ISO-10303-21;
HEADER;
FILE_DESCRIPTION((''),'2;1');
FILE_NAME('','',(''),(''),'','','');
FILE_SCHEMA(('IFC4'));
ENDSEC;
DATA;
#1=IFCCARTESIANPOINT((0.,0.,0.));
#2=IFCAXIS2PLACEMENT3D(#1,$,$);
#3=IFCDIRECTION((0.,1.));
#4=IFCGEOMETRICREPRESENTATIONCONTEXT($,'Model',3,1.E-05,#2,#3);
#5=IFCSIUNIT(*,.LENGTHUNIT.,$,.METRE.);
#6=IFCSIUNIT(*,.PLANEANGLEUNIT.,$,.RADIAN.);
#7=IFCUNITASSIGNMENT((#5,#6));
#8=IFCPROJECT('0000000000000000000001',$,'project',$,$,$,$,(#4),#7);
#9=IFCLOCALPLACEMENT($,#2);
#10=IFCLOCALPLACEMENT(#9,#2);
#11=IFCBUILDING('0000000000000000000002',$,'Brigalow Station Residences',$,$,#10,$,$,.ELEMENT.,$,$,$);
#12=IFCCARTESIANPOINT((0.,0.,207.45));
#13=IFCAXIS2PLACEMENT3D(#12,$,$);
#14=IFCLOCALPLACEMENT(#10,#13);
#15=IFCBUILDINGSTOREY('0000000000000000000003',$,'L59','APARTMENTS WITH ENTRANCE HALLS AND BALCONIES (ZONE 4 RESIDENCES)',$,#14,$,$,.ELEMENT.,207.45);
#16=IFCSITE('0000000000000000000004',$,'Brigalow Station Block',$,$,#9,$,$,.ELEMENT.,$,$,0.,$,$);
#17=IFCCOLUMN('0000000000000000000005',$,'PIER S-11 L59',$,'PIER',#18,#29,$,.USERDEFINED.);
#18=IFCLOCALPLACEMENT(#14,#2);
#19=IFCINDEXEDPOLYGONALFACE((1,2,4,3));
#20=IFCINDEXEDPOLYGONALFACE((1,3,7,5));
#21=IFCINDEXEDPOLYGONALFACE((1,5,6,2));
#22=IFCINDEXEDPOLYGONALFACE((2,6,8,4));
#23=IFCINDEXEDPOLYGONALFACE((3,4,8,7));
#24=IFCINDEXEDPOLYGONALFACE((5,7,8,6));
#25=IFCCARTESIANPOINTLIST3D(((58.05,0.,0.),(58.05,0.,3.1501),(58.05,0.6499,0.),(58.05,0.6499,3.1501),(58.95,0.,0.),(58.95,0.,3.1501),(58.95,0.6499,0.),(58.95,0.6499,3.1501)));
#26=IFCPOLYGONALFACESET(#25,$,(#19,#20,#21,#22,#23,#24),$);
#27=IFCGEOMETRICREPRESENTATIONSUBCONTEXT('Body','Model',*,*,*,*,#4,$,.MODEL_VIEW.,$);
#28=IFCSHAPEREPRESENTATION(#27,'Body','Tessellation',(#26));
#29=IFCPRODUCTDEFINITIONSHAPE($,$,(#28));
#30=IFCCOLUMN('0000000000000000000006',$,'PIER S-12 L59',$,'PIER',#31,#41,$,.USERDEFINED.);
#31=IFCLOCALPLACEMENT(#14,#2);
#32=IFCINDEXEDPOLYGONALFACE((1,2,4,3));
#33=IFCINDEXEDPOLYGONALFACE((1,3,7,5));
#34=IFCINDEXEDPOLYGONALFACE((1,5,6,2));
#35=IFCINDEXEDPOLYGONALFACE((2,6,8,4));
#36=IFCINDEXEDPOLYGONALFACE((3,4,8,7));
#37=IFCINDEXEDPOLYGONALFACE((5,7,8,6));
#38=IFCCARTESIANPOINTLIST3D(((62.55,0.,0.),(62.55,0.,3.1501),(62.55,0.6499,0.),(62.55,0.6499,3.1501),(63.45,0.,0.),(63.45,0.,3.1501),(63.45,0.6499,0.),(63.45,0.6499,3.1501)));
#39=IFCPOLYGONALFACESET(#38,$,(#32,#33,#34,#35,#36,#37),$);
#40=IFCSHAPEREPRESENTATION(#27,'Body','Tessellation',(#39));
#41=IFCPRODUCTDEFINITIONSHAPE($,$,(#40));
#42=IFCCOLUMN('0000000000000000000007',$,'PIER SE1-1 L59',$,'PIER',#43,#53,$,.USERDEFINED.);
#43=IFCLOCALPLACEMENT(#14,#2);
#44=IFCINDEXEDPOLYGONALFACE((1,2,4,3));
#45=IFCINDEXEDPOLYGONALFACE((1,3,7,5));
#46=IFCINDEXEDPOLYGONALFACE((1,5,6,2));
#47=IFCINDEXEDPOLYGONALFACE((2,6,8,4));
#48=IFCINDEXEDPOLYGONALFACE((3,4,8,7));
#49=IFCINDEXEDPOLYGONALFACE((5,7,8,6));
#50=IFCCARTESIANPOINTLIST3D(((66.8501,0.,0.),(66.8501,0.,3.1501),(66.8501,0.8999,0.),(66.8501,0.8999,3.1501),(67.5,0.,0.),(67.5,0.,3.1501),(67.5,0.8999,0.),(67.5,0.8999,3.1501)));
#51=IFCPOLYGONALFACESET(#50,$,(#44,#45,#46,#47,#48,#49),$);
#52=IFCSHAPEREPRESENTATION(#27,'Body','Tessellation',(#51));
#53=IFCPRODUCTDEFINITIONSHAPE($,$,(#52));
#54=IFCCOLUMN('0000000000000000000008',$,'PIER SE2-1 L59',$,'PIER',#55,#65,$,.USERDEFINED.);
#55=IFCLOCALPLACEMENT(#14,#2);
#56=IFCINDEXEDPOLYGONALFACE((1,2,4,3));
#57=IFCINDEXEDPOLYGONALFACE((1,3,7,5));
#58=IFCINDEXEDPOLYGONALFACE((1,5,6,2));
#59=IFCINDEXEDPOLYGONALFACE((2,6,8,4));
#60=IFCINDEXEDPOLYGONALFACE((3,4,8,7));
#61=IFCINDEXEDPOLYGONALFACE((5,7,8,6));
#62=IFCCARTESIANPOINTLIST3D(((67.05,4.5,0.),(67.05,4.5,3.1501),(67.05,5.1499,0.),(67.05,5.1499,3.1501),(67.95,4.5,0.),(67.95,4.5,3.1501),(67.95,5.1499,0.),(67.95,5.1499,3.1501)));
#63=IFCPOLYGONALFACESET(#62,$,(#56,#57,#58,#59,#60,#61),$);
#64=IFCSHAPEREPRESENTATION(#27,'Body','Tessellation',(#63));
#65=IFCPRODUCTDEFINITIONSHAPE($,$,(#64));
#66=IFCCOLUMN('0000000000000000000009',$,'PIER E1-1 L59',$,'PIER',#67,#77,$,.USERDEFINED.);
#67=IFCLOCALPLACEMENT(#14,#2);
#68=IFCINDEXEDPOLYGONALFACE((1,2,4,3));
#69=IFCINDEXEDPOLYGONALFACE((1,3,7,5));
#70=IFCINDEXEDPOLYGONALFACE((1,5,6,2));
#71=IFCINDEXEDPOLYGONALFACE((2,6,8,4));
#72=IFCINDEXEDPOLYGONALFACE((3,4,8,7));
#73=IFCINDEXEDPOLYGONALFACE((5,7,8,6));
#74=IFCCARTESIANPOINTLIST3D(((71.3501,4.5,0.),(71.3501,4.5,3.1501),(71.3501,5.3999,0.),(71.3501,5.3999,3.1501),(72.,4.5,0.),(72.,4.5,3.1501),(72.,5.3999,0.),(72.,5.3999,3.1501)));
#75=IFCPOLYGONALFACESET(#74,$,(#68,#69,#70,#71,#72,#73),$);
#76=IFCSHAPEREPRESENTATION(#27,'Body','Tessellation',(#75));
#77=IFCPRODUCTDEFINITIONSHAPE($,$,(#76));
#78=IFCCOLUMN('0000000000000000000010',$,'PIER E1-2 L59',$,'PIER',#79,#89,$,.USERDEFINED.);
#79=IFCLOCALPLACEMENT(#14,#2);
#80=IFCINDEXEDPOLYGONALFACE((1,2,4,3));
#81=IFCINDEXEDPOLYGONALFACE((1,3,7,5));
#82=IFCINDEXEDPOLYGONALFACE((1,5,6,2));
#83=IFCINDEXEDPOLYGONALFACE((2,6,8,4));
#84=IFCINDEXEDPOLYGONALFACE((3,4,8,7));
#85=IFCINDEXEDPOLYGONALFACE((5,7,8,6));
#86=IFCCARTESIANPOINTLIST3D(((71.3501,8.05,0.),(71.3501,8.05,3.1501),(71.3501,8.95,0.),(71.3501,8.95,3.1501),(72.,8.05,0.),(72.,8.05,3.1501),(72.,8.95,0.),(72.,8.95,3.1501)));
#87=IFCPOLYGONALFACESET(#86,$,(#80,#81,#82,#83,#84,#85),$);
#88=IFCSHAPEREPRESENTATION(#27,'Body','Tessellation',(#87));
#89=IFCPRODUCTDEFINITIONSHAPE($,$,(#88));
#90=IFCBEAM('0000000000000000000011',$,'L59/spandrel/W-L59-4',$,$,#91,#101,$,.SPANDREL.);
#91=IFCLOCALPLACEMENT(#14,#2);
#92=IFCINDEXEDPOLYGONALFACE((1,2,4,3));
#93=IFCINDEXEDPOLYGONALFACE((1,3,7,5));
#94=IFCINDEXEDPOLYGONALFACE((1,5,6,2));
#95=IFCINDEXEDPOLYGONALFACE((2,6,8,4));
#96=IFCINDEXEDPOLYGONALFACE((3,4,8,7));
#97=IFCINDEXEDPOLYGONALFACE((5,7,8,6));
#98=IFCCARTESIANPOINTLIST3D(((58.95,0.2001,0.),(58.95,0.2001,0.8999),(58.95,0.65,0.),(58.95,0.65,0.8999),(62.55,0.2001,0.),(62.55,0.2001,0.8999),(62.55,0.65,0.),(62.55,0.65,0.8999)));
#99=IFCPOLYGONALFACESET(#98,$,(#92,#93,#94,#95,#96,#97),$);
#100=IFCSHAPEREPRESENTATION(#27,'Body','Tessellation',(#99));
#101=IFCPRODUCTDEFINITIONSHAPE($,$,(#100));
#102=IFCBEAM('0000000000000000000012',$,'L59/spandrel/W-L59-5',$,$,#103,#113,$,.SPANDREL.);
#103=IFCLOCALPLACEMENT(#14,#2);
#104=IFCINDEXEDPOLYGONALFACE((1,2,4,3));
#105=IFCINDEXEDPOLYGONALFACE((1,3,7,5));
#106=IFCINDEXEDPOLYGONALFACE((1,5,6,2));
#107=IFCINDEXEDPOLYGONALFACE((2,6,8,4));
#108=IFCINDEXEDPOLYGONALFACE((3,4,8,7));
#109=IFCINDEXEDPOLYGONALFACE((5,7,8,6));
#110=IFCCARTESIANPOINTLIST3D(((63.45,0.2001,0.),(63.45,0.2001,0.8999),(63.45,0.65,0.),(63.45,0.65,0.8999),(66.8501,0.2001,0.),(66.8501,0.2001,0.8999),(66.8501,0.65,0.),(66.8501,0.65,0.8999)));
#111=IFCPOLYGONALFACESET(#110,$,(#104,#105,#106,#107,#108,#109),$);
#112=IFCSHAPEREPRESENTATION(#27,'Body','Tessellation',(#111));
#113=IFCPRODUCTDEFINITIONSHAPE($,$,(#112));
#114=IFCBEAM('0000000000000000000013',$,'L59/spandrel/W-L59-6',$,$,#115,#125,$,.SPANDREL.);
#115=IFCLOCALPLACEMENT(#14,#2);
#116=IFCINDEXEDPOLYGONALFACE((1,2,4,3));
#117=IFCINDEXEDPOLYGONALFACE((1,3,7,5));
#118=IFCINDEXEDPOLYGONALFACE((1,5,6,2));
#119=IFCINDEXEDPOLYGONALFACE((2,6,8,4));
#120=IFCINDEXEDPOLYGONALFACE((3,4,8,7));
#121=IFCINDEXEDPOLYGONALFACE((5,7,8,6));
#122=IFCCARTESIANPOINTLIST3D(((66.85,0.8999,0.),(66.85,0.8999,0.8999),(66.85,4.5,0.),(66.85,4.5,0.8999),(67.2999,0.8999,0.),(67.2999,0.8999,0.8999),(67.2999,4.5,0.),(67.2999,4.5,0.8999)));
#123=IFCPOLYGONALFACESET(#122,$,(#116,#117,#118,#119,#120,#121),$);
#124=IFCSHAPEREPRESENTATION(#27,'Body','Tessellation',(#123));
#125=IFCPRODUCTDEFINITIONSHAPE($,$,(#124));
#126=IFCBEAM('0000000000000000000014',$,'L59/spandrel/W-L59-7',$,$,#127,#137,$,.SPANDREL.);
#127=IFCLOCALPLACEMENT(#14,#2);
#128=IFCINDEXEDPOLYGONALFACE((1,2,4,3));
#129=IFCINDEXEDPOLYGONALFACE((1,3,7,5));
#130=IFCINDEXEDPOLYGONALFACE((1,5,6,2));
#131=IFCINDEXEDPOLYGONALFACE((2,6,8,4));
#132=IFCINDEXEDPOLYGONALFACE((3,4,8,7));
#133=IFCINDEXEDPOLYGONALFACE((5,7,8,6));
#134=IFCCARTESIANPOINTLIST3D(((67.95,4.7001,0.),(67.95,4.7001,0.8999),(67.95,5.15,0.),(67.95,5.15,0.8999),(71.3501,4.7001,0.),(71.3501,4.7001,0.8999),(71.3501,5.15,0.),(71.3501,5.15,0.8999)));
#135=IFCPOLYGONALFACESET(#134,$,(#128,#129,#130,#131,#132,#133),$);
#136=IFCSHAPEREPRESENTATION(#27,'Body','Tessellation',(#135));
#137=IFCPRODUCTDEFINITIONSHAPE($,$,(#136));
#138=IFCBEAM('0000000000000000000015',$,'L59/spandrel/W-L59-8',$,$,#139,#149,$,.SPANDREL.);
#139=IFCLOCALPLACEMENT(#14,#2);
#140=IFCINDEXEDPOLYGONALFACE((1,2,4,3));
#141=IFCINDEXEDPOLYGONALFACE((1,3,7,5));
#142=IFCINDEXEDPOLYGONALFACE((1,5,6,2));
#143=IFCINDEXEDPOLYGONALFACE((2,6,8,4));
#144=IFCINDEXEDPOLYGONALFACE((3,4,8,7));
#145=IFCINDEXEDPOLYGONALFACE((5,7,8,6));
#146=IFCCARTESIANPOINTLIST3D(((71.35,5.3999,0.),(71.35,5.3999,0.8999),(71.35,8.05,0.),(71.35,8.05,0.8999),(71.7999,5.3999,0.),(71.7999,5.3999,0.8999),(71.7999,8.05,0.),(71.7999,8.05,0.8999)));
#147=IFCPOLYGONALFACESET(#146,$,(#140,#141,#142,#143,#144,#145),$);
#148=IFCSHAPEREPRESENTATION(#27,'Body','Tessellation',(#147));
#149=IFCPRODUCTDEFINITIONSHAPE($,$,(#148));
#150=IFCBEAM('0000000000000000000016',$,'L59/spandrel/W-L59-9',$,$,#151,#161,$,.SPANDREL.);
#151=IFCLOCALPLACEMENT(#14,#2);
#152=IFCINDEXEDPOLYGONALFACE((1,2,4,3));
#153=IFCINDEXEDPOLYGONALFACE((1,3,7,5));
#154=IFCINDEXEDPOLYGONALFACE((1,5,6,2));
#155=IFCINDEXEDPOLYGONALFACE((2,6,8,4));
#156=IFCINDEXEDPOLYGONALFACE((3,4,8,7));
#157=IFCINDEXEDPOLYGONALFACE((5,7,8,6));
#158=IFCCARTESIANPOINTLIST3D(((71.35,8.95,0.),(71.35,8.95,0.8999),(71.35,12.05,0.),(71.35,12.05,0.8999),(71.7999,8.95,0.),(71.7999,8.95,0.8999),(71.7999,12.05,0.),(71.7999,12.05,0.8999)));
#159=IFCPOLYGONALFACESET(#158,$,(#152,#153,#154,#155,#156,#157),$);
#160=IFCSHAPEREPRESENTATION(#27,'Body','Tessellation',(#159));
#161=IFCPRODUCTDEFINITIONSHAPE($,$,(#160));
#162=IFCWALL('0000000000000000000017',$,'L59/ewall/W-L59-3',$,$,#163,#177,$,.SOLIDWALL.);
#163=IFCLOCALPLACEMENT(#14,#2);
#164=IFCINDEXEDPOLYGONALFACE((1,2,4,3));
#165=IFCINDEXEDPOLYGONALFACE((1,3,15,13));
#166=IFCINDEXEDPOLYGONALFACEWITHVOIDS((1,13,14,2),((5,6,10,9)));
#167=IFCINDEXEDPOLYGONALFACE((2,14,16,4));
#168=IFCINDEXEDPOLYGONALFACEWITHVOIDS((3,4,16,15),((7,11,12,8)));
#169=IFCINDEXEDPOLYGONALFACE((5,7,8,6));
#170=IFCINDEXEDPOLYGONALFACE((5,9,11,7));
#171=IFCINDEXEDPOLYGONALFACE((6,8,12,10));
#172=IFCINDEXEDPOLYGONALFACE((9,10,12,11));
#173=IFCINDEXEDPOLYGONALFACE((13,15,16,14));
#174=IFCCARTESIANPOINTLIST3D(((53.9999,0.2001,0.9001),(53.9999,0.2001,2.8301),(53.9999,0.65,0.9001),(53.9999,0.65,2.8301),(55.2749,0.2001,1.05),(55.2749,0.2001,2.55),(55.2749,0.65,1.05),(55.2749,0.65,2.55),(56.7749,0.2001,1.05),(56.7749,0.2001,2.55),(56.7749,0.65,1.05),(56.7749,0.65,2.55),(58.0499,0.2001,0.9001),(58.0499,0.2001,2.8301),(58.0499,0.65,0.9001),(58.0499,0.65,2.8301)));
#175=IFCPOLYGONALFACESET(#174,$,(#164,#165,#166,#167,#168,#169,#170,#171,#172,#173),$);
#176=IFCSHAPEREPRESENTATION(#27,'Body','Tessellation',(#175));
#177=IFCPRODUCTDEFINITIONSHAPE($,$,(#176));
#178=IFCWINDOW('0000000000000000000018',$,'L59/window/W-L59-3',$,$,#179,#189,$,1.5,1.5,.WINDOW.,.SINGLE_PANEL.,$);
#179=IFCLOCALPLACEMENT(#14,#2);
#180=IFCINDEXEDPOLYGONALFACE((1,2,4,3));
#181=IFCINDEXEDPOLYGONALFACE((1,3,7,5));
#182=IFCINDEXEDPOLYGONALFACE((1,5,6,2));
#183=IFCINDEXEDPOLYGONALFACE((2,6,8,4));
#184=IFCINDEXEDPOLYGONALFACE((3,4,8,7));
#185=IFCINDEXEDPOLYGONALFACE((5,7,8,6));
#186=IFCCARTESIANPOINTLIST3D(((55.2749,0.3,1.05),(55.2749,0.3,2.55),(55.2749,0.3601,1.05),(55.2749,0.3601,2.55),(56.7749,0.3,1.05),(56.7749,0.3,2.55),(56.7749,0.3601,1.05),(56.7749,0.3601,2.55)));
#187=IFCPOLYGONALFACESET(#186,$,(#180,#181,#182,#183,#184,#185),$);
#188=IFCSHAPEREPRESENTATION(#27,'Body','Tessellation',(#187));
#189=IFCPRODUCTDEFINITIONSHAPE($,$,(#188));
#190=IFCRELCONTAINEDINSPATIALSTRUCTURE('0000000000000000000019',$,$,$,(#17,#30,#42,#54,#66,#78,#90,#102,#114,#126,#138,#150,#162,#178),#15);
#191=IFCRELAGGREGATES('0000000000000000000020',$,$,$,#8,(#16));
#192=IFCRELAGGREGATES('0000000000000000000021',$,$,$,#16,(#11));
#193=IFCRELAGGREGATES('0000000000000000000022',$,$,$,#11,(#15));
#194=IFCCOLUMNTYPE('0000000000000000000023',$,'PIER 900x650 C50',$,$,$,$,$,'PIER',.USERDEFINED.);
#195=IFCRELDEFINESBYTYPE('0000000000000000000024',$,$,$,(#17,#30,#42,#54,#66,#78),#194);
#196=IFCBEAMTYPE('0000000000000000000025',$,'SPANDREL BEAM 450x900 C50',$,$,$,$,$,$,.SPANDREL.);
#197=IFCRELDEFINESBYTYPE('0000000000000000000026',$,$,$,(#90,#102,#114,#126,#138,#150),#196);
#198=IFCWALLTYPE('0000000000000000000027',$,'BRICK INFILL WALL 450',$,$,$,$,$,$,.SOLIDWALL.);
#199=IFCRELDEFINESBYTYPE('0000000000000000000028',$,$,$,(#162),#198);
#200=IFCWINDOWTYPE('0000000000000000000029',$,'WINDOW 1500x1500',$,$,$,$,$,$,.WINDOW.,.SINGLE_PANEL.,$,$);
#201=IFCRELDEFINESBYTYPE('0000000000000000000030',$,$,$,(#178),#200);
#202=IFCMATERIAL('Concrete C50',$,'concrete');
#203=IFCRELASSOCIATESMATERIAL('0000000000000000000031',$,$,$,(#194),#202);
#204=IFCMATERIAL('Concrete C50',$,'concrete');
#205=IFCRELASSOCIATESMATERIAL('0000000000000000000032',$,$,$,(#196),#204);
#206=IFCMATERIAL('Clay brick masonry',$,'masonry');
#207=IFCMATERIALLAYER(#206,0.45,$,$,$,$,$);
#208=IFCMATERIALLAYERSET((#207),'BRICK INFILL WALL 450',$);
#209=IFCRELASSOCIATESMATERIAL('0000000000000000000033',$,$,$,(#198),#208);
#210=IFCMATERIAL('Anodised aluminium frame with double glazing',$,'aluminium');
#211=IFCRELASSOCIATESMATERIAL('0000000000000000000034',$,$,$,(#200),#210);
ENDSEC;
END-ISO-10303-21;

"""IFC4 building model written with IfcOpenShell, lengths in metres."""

from ifc_helpers import new_model, si_unit, direction, frame, frame_2d, origin, origin_2d, place, context, subcontext, project, spatial, rectangle, extrude, material, layer, layer_set, material_profile, profile_set, type_object, element, fill, save


model = new_model("IFC4")

# Units and contexts
model_context = context("Model", 3, precision=1e-05, world=origin(), true_north=direction((0.0, 1.0)))
body_context = subcontext(model_context, "Body", "Model", "MODEL_VIEW")
ifc_project = project(units=[si_unit("LENGTHUNIT", "METRE"), si_unit("PLANEANGLEUNIT", "RADIAN")], contexts=[model_context])

# Site, building, storey
site_placement = place(None, origin())
site = spatial("IfcSite", under=ifc_project, at=site_placement, Name="Brigalow Station Block", CompositionType="ELEMENT", RefElevation=0.0)
building_placement = place(site_placement, origin())
building = spatial("IfcBuilding", under=site, at=building_placement, Name="Brigalow Station Residences", CompositionType="ELEMENT")
storey_placement = place(building_placement, frame((0.0, 0.0, 207.45)))
storey = spatial("IfcBuildingStorey", under=building, at=storey_placement, Name="L59", Description="APARTMENTS WITH ENTRANCE HALLS AND BALCONIES (ZONE 4 RESIDENCES)", CompositionType="ELEMENT", Elevation=207.45)

# Columns
ifc_material_1 = material(Name="Concrete C50", Category="concrete")
ifc_material_profile_1 = material_profile(ifc_material_1, rectangle(XDim=0.8999, YDim=0.6499, at=origin_2d()), Name="RC900x650")
ifc_profile_set_1 = profile_set([ifc_material_profile_1], Name="Concrete C50")
column_type = type_object("IfcColumnType", Name="PIER 900x650 C50", ElementType="PIER", PredefinedType="USERDEFINED", material=ifc_profile_set_1)
for number, where, z_axis, x_axis, name in (
    (1, (58.5, 0.325, 0.0), (0.0, 0.0, 1.0), (1.0, 0.0, 0.0), "PIER S-11 L59"),
    (2, (63.0, 0.325, 0.0), (0.0, 0.0, 1.0), (1.0, 0.0, 0.0), "PIER S-12 L59"),
    (3, (67.175, 0.45, 0.0), (0.0, 0.0, 1.0), (0.0, 1.0, 0.0), "PIER SE1-1 L59"),
    (4, (67.5, 4.825, 0.0), (0.0, 0.0, 1.0), (1.0, 0.0, 0.0), "PIER SE2-1 L59"),
    (5, (71.675, 4.95, 0.0), (0.0, 0.0, 1.0), (0.0, 1.0, 0.0), "PIER E1-1 L59"),
    (6, (71.675, 8.5, 0.0), (0.0, 0.0, 1.0), (0.0, 1.0, 0.0), "PIER E1-2 L59"),
):
    element("IfcColumn", number, at=place(storey_placement, frame(where, z_axis=z_axis, x_axis=x_axis)), inside=storey, type_object=column_type, Name=name, ObjectType="PIER", PredefinedType="USERDEFINED", context=body_context, shape_type="SweptSolid", body=[
        extrude(rectangle(XDim=0.8999, YDim=0.6499, at=origin_2d()), origin(), (0.0, 0.0, 1.0), 3.1501),
    ])

# Beams
ifc_material_2 = material(Name="Concrete C50", Category="concrete")
ifc_material_profile_2 = material_profile(ifc_material_2, rectangle(XDim=0.45, YDim=0.8999, at=origin_2d()), Name="RC450x900")
ifc_profile_set_2 = profile_set([ifc_material_profile_2], Name="Concrete C50")
beam_type = type_object("IfcBeamType", Name="SPANDREL BEAM 450x900 C50", PredefinedType="SPANDREL", material=ifc_profile_set_2)
beam_1_placement = place(storey_placement, frame((58.95, 0.425, 0.45), z_axis=(1.0, 0.0, 0.0), x_axis=(0.0, 1.0, 0.0)))
element("IfcBeam", 7, at=beam_1_placement, inside=storey, type_object=beam_type, Name="L59/spandrel/W-L59-4", PredefinedType="SPANDREL", context=body_context, shape_type="SweptSolid", body=[
    extrude(rectangle(XDim=0.45, YDim=0.8999, at=origin_2d()), origin(), (0.0, 0.0, 1.0), 3.6001),
])
beam_2_placement = place(storey_placement, frame((63.45, 0.425, 0.45), z_axis=(1.0, 0.0, 0.0), x_axis=(0.0, 1.0, 0.0)))
element("IfcBeam", 8, at=beam_2_placement, inside=storey, type_object=beam_type, Name="L59/spandrel/W-L59-5", PredefinedType="SPANDREL", context=body_context, shape_type="SweptSolid", body=[
    extrude(rectangle(XDim=0.45, YDim=0.8999, at=origin_2d()), origin(), (0.0, 0.0, 1.0), 3.4001),
])
beam_3_placement = place(storey_placement, frame((67.075, 0.8999, 0.45), z_axis=(0.0, 1.0, 0.0), x_axis=(-1.0, 0.0, 0.0)))
element("IfcBeam", 9, at=beam_3_placement, inside=storey, type_object=beam_type, Name="L59/spandrel/W-L59-6", PredefinedType="SPANDREL", context=body_context, shape_type="SweptSolid", body=[
    extrude(rectangle(XDim=0.45, YDim=0.8999, at=origin_2d()), origin(), (0.0, 0.0, 1.0), 3.6001),
])
beam_4_placement = place(storey_placement, frame((67.95, 4.925, 0.45), z_axis=(1.0, 0.0, 0.0), x_axis=(0.0, 1.0, 0.0)))
element("IfcBeam", 10, at=beam_4_placement, inside=storey, type_object=beam_type, Name="L59/spandrel/W-L59-7", PredefinedType="SPANDREL", context=body_context, shape_type="SweptSolid", body=[
    extrude(rectangle(XDim=0.45, YDim=0.8999, at=origin_2d()), origin(), (0.0, 0.0, 1.0), 3.4001),
])
beam_5_placement = place(storey_placement, frame((71.575, 5.3999, 0.45), z_axis=(0.0, 1.0, 0.0), x_axis=(-1.0, 0.0, 0.0)))
element("IfcBeam", 11, at=beam_5_placement, inside=storey, type_object=beam_type, Name="L59/spandrel/W-L59-8", PredefinedType="SPANDREL", context=body_context, shape_type="SweptSolid", body=[
    extrude(rectangle(XDim=0.45, YDim=0.8999, at=origin_2d()), origin(), (0.0, 0.0, 1.0), 2.6501),
])
beam_6_placement = place(storey_placement, frame((71.575, 8.95, 0.45), z_axis=(0.0, 1.0, 0.0), x_axis=(-1.0, 0.0, 0.0)))
element("IfcBeam", 12, at=beam_6_placement, inside=storey, type_object=beam_type, Name="L59/spandrel/W-L59-9", PredefinedType="SPANDREL", context=body_context, shape_type="SweptSolid", body=[
    extrude(rectangle(XDim=0.45, YDim=0.8999, at=origin_2d()), origin(), (0.0, 0.0, 1.0), 3.1001),
])

# Wall, opening, window
ifc_material_3 = material(Name="Clay brick masonry", Category="masonry")
ifc_layer_1 = layer(ifc_material_3, 0.45)
ifc_layer_set_1 = layer_set([ifc_layer_1], Name="BRICK INFILL WALL 450")
wall_type_1 = type_object("IfcWallType", Name="BRICK INFILL WALL 450", PredefinedType="SOLIDWALL", material=ifc_layer_set_1)
wall_1_placement = place(storey_placement, frame((54.0, 0.425, 0.9001), z_axis=(0.0, 0.0, 1.0), x_axis=(1.0, 0.0, 0.0)))
wall_1 = element("IfcWall", 13, at=wall_1_placement, inside=storey, type_object=wall_type_1, Name="L59/ewall/W-L59-3", PredefinedType="SOLIDWALL", context=body_context, shape_type="SweptSolid", body=[
    extrude(rectangle(XDim=4.05, YDim=0.45, at=frame_2d((2.0249, 0.0))), origin(), (0.0, 0.0, 1.0), 1.9299),
])
opening_1_placement = place(wall_1_placement, frame((1.2749, 0.0, 0.1499)))
opening_1 = element("IfcOpeningElement", 14, at=opening_1_placement, cuts=wall_1, PredefinedType="OPENING", context=body_context, shape_type="SweptSolid", body=[
    extrude(rectangle(XDim=1.5, YDim=1.5, at=frame_2d((0.75, 0.75))), frame((0.0, 0.2349, 0.0), z_axis=(0.0, -1.0, 0.0), x_axis=(1.0, 0.0, 0.0)), (0.0, 0.0, 1.0), 0.47),
])
ifc_material_4 = material(Name="Anodised aluminium frame with double glazing", Category="aluminium")
window_type_1 = type_object("IfcWindowType", Name="WINDOW 1500x1500", PartitioningType="SINGLE_PANEL", PredefinedType="WINDOW", material=ifc_material_4)
window_1_placement = place(opening_1_placement, origin())
window_1 = element("IfcWindow", 15, at=window_1_placement, inside=storey, type_object=window_type_1, Name="L59/window/W-L59-3", OverallHeight=1.5, OverallWidth=1.5, PartitioningType="SINGLE_PANEL", PredefinedType="WINDOW", context=body_context, shape_type="SweptSolid", body=[
    extrude(rectangle(XDim=1.5, YDim=1.5, at=frame_2d((0.75, 0.75))), frame((0.0, -0.0649, 0.0), z_axis=(0.0, -1.0, 0.0), x_axis=(1.0, 0.0, 0.0)), (0.0, 0.0, 1.0), 0.0601),
])
fill(opening_1, window_1)

save(model, "model.ifc")
